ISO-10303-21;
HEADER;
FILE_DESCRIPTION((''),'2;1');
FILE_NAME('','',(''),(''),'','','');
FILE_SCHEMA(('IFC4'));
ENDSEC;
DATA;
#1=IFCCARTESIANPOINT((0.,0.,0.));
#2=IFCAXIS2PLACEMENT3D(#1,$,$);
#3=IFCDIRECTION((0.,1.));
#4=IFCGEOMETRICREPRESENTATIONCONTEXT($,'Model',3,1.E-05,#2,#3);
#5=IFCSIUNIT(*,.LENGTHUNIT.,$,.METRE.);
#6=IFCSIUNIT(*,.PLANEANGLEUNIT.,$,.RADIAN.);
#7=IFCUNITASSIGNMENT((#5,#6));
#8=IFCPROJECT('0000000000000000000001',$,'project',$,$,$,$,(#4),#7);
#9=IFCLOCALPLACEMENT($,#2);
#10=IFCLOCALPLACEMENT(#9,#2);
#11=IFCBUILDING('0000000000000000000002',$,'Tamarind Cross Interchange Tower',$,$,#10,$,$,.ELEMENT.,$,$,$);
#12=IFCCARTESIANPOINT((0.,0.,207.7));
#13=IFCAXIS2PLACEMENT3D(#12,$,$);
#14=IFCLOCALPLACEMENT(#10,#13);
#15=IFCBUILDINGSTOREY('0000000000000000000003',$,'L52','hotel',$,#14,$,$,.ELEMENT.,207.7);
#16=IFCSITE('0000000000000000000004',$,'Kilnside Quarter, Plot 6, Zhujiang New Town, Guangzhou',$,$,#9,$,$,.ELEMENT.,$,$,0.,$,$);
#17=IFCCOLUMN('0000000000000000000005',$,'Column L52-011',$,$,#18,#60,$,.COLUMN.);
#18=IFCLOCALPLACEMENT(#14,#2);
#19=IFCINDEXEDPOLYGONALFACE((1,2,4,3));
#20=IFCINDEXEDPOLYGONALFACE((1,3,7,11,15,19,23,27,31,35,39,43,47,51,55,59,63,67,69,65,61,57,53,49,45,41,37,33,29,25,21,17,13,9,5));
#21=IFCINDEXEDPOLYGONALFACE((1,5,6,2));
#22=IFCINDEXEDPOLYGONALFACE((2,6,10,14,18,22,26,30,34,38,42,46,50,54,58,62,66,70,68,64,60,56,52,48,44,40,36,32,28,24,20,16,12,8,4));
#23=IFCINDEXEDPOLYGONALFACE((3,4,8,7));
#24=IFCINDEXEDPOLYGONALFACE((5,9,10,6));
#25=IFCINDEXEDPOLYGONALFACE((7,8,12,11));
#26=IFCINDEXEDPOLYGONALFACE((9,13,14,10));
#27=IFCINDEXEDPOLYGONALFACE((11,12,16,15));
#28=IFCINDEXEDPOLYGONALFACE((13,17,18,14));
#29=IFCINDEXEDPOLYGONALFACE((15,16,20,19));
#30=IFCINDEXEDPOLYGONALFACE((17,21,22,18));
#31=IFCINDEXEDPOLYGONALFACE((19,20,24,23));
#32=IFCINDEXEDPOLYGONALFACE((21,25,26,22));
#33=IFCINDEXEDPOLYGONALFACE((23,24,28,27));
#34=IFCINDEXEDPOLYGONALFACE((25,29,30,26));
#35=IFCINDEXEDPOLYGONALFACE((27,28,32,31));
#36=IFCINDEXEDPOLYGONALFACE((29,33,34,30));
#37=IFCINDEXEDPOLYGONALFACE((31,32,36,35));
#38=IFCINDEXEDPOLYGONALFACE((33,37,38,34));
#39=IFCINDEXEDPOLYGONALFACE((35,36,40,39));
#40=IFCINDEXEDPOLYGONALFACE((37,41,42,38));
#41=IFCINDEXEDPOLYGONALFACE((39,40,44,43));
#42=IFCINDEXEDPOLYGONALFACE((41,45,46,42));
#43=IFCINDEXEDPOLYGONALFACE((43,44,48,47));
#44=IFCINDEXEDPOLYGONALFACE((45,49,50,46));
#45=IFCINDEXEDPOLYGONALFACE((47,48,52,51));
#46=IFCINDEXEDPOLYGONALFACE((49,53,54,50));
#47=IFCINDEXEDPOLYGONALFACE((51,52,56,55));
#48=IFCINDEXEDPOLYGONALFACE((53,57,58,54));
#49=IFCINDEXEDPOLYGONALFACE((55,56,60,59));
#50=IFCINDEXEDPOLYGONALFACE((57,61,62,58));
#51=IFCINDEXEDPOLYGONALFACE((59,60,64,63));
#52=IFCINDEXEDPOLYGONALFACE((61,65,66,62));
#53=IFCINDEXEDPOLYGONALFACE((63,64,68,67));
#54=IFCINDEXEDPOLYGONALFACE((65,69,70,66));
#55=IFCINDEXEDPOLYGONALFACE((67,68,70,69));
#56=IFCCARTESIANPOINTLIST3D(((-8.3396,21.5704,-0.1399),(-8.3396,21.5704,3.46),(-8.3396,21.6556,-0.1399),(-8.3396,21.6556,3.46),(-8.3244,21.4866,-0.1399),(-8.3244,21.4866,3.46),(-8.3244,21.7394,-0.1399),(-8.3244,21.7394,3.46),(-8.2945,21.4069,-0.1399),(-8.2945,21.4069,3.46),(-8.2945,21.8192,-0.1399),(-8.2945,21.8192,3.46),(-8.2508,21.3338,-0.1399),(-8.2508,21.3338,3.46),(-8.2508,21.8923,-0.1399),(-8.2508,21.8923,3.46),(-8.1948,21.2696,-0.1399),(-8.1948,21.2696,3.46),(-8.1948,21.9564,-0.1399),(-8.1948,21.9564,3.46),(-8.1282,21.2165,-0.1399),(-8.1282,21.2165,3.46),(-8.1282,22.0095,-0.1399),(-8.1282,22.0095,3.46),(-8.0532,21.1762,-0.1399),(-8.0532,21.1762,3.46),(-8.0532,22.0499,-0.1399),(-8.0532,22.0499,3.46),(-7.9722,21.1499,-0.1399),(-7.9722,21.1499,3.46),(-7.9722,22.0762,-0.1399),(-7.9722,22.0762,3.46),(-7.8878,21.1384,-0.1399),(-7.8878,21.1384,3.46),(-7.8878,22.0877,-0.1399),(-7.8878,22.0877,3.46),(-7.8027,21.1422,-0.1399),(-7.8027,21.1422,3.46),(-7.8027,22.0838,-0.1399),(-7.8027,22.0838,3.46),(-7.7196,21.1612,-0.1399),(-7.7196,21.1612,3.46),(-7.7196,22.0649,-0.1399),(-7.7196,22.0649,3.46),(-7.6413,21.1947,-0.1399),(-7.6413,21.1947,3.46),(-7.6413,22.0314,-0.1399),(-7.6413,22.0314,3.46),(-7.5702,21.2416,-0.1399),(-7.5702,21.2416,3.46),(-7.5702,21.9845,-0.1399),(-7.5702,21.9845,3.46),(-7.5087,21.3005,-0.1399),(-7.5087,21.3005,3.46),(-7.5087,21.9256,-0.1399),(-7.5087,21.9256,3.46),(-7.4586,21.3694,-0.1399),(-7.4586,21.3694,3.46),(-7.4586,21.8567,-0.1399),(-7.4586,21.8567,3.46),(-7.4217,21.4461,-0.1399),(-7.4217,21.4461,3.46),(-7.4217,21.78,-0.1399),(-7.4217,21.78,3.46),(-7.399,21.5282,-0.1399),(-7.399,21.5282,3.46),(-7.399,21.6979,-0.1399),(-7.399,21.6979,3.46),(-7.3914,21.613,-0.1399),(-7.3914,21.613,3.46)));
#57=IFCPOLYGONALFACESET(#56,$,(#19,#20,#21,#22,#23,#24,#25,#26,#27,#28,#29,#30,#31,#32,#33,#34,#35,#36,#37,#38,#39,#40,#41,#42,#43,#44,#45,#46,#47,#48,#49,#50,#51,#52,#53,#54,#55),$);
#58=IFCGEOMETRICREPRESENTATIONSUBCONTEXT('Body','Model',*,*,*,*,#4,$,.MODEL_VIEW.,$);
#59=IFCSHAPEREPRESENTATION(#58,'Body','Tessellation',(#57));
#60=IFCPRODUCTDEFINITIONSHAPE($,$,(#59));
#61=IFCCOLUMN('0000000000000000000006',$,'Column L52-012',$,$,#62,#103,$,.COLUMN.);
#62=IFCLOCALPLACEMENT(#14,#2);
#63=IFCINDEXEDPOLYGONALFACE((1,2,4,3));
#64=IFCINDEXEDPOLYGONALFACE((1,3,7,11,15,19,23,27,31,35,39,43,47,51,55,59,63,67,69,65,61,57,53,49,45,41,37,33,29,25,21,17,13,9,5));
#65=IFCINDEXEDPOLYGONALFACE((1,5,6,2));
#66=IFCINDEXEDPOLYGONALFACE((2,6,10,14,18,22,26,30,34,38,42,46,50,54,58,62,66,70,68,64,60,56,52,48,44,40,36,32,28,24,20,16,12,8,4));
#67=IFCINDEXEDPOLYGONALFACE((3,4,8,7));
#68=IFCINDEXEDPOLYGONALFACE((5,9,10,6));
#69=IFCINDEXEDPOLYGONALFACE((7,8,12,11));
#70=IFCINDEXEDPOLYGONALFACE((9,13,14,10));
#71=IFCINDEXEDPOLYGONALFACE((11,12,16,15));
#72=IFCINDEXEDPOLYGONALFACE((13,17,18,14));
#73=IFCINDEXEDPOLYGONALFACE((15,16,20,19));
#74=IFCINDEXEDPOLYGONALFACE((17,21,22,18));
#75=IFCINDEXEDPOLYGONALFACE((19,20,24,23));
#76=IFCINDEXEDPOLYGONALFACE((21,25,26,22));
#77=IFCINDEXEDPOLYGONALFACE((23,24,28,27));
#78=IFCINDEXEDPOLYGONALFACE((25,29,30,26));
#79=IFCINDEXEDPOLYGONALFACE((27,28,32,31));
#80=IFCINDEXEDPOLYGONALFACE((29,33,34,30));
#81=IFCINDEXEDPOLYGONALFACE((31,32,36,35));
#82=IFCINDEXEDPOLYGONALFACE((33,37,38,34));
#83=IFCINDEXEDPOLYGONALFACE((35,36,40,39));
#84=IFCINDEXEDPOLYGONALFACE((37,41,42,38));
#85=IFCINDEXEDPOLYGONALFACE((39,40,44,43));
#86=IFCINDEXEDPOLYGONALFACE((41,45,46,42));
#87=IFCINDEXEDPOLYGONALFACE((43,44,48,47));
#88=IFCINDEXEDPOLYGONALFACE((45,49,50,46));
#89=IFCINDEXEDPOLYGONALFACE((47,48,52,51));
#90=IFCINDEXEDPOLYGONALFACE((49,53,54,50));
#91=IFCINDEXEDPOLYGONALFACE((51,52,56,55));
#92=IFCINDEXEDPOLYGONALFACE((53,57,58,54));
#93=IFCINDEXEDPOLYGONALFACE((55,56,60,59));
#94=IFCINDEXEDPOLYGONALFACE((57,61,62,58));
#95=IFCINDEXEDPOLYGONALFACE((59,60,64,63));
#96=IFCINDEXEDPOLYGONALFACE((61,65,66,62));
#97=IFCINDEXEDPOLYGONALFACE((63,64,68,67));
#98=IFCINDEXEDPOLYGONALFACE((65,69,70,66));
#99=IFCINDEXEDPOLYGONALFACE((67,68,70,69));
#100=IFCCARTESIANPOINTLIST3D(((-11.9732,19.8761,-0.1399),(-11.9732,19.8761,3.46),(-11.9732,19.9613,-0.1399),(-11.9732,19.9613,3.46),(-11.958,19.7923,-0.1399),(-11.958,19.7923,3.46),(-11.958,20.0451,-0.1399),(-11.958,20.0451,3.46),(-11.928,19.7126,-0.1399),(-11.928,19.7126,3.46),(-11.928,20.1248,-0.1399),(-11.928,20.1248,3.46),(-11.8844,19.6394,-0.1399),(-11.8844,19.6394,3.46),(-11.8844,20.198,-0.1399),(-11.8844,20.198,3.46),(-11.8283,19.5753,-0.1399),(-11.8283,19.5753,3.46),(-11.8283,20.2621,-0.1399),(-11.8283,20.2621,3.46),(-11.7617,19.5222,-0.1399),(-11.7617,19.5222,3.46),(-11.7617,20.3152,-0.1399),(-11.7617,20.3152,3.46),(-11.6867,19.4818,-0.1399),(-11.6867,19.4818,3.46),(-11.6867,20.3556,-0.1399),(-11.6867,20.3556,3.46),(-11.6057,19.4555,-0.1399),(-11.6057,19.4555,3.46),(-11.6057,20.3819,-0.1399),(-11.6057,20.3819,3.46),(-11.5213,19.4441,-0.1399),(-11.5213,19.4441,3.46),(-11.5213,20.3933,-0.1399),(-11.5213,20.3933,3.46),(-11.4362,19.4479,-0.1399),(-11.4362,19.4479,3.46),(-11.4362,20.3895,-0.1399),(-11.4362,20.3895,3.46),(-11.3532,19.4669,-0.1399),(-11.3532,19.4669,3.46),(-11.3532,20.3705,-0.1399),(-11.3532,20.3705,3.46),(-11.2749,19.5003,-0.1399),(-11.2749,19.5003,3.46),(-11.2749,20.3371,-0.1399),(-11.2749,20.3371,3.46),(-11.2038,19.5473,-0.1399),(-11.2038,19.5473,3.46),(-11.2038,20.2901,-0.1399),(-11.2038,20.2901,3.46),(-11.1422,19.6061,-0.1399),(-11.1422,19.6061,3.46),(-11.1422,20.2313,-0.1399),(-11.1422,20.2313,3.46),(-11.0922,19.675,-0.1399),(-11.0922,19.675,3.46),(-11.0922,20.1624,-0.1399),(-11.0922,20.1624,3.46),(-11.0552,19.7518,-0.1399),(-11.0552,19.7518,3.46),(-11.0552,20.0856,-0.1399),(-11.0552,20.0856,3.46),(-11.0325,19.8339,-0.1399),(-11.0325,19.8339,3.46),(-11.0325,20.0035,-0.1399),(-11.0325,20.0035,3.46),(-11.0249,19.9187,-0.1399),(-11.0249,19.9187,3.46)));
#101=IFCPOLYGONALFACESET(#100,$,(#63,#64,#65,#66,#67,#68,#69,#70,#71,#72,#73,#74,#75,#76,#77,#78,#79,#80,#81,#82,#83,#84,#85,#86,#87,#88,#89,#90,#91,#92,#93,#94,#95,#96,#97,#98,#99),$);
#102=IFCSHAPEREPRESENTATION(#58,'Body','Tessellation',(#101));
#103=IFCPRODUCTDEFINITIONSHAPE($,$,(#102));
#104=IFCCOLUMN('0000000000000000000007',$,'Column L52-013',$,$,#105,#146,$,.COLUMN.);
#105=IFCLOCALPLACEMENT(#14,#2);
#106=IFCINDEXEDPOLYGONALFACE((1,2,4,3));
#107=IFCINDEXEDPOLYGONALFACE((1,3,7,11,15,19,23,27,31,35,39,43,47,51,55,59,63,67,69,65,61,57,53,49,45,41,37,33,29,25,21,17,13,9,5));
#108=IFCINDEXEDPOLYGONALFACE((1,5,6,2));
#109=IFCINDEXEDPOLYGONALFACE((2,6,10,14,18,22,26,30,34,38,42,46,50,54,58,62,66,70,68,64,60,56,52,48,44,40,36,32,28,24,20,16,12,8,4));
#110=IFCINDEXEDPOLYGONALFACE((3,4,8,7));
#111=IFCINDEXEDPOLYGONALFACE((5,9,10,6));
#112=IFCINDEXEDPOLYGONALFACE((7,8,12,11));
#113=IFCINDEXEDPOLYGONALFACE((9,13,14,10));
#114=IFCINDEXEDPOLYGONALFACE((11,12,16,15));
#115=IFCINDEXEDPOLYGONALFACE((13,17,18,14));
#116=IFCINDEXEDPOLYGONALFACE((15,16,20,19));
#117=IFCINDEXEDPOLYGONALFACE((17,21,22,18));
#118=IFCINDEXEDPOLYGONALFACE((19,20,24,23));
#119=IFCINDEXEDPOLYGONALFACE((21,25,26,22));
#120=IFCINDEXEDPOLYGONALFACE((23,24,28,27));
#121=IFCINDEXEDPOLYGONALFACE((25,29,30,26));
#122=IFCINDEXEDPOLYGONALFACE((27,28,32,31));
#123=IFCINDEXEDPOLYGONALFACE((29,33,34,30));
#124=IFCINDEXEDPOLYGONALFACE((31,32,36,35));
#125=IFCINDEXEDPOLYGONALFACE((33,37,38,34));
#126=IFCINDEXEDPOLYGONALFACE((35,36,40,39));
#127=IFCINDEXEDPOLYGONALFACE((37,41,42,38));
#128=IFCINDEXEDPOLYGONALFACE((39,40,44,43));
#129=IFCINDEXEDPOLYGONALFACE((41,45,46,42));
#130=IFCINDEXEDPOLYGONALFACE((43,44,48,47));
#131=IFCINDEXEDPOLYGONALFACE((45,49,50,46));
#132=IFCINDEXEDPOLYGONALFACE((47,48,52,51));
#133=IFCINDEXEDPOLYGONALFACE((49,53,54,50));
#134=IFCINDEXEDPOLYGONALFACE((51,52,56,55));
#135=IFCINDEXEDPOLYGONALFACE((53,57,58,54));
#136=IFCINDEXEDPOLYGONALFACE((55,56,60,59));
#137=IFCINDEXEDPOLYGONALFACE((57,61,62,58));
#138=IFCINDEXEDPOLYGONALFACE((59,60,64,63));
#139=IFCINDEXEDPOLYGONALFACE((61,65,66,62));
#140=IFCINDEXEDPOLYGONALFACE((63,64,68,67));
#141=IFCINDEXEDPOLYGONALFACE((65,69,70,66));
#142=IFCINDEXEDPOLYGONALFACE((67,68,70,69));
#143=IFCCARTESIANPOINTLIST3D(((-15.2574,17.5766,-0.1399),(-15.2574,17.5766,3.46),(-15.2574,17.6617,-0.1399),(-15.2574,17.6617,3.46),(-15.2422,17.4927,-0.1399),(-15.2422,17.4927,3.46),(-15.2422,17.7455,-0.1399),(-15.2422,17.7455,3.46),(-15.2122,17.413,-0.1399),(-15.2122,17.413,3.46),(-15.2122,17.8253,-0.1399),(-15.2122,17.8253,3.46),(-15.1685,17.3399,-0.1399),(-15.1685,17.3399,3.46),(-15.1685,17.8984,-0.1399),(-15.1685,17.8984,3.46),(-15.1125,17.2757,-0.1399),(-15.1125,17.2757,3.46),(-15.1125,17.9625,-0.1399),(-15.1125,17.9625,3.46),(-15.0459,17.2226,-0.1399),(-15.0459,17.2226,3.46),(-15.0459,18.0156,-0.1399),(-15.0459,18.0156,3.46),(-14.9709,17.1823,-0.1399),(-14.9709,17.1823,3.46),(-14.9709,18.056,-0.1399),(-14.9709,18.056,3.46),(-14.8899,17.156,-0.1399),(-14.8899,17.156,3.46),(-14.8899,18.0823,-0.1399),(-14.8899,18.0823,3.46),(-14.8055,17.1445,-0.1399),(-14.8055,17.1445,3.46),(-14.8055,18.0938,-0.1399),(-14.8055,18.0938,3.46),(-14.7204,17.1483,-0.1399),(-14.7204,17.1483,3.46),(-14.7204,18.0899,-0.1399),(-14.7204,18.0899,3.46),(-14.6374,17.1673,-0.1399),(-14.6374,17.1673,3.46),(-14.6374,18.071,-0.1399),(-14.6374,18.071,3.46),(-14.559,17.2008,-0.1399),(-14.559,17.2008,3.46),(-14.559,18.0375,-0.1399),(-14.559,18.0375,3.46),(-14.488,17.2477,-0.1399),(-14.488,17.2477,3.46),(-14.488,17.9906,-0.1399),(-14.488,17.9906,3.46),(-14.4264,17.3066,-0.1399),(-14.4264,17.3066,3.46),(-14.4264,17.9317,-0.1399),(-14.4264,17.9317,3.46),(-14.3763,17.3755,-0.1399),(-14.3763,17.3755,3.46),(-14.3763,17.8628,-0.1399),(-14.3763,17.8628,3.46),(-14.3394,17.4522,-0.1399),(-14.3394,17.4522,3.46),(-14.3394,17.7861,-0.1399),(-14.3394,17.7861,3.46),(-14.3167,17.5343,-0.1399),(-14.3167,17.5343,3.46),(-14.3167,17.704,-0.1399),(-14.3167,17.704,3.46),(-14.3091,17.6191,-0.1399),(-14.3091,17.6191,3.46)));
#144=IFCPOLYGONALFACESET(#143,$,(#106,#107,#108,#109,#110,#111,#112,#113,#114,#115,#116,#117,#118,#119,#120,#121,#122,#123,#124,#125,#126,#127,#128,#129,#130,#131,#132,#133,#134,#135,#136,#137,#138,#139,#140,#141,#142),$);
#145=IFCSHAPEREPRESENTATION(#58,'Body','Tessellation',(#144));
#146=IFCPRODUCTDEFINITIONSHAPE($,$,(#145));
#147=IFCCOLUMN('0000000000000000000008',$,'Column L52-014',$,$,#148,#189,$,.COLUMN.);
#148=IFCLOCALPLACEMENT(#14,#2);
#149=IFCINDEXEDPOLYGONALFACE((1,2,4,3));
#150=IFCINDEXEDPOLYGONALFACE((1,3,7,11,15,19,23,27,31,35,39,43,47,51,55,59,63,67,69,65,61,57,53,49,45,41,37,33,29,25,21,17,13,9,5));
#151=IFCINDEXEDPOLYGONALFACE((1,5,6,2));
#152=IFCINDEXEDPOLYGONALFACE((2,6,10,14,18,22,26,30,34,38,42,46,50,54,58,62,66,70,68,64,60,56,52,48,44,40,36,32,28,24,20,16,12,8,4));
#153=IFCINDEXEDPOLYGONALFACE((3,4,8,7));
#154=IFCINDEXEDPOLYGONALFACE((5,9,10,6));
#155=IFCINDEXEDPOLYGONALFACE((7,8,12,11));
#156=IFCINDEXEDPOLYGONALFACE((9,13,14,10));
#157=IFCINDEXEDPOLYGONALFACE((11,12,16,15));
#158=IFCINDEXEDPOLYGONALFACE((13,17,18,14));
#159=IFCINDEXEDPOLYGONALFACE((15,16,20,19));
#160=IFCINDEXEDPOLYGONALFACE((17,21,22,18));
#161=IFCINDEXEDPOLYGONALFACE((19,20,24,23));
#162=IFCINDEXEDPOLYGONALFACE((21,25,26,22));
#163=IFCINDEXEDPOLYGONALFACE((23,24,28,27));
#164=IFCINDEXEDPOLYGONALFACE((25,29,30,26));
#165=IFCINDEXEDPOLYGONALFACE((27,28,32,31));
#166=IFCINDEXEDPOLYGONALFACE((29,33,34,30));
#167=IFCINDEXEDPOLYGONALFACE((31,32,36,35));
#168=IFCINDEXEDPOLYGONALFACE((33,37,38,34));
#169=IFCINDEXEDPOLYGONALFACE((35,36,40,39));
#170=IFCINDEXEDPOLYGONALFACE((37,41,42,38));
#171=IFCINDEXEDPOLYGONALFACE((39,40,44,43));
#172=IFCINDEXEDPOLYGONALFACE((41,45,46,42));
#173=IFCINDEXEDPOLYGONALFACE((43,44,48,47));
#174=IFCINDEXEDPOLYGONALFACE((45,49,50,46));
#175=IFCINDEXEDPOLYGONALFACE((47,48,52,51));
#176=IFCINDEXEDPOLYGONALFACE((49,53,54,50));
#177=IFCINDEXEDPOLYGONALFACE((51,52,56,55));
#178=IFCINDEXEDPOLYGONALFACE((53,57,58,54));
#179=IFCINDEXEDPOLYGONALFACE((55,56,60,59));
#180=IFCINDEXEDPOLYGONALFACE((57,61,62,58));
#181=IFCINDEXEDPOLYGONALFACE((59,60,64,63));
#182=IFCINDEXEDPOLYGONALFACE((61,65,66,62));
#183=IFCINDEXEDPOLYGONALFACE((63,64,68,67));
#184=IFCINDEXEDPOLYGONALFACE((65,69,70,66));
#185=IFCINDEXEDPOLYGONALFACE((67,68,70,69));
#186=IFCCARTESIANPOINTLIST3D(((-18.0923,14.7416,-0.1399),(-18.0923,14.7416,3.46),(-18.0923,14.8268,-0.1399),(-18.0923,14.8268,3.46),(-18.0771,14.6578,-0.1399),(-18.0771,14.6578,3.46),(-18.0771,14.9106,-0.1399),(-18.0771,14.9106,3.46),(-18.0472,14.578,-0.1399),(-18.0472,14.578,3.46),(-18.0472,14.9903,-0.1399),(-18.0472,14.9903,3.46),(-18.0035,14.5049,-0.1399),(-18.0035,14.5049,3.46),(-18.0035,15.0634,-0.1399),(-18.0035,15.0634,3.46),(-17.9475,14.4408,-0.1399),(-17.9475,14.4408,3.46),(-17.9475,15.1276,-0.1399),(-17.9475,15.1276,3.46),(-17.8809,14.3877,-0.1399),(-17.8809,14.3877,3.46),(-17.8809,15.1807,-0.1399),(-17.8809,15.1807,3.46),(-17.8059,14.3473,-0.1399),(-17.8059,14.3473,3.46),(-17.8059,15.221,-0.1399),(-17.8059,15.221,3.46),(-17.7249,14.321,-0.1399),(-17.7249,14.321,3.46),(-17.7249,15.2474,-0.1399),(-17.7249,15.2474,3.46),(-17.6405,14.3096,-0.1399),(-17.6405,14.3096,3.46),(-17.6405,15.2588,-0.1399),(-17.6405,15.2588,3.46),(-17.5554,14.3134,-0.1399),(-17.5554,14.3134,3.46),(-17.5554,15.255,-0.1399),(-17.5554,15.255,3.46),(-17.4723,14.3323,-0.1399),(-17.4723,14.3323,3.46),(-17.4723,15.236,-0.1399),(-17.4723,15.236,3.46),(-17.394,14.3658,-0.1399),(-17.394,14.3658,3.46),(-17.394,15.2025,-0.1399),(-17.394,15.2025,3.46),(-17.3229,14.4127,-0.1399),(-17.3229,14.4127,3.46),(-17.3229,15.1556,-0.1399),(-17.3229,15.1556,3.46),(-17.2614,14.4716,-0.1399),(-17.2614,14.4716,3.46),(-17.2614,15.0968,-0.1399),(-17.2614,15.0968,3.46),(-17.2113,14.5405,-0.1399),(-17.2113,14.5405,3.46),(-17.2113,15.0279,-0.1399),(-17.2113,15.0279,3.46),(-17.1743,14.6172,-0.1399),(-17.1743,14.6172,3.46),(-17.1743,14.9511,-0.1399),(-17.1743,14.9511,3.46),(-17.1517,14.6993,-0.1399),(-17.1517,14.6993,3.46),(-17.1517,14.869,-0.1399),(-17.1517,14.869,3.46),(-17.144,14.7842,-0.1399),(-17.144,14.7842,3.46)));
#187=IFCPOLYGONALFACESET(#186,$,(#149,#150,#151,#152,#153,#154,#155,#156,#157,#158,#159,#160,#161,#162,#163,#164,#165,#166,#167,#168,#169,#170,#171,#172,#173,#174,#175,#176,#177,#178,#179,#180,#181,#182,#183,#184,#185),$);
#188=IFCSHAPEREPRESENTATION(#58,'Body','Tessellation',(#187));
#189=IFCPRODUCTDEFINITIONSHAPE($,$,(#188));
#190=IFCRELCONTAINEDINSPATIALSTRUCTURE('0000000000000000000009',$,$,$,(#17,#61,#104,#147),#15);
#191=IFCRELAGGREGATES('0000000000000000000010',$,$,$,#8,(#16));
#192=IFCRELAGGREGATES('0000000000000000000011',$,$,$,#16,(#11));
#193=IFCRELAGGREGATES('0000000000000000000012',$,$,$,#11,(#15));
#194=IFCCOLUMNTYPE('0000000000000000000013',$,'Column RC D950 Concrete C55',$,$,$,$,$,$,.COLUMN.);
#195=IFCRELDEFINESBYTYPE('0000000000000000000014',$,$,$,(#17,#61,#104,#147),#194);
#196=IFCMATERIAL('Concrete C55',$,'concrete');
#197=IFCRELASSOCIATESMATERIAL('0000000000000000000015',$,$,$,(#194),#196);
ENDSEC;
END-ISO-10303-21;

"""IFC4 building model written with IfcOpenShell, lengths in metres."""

from ifc_helpers import new_model, si_unit, direction, frame, origin, origin_2d, place, context, subcontext, project, spatial, circle, extrude, material, material_profile, profile_set, type_object, element, save


model = new_model("IFC4")

# Units and contexts
model_context = context("Model", 3, precision=1e-05, world=origin(), true_north=direction((0.0, 1.0)))
body_context = subcontext(model_context, "Body", "Model", "MODEL_VIEW")
ifc_project = project(units=[si_unit("LENGTHUNIT", "METRE"), si_unit("PLANEANGLEUNIT", "RADIAN")], contexts=[model_context])

# Site, building, storey
site_placement = place(None, origin())
site = spatial("IfcSite", under=ifc_project, at=site_placement, Name="Kilnside Quarter, Plot 6, Zhujiang New Town, Guangzhou", CompositionType="ELEMENT", RefElevation=0.0)
building_placement = place(site_placement, origin())
building = spatial("IfcBuilding", under=site, at=building_placement, Name="Tamarind Cross Interchange Tower", CompositionType="ELEMENT")
storey_placement = place(building_placement, frame((0.0, 0.0, 207.7)))
storey = spatial("IfcBuildingStorey", under=building, at=storey_placement, Name="L52", Description="hotel", CompositionType="ELEMENT", Elevation=207.7)

# Columns
ifc_material_1 = material(Name="Concrete C55", Category="concrete")
ifc_material_profile_1 = material_profile(ifc_material_1, circle(Radius=0.4751, at=origin_2d()), Name="RC D950")
ifc_profile_set_1 = profile_set([ifc_material_profile_1], Name="Concrete C55")
column_type = type_object("IfcColumnType", Name="Column RC D950 Concrete C55", PredefinedType="COLUMN", material=ifc_profile_set_1)
for number, where, z_axis, x_axis, name in (
    (1, (-7.8665, 21.613, -0.1399), (0.0, 0.0, 1.0), (1.0, 0.0, 0.0), "Column L52-011"),
    (2, (-11.5, 19.9187, -0.1399), (0.0, 0.0, 1.0), (1.0, 0.0, 0.0), "Column L52-012"),
    (3, (-14.7842, 17.6191, -0.1399), (0.0, 0.0, 1.0), (1.0, 0.0, 0.0), "Column L52-013"),
    (4, (-17.6191, 14.7842, -0.1399), (0.0, 0.0, 1.0), (1.0, 0.0, 0.0), "Column L52-014"),
):
    element("IfcColumn", number, at=place(storey_placement, frame(where, z_axis=z_axis, x_axis=x_axis)), inside=storey, type_object=column_type, Name=name, PredefinedType="COLUMN", context=body_context, shape_type="SweptSolid", body=[
        extrude(circle(Radius=0.4751, at=origin_2d()), origin(), (0.0, 0.0, 1.0), 3.5999),
    ])

save(model, "model.ifc")
